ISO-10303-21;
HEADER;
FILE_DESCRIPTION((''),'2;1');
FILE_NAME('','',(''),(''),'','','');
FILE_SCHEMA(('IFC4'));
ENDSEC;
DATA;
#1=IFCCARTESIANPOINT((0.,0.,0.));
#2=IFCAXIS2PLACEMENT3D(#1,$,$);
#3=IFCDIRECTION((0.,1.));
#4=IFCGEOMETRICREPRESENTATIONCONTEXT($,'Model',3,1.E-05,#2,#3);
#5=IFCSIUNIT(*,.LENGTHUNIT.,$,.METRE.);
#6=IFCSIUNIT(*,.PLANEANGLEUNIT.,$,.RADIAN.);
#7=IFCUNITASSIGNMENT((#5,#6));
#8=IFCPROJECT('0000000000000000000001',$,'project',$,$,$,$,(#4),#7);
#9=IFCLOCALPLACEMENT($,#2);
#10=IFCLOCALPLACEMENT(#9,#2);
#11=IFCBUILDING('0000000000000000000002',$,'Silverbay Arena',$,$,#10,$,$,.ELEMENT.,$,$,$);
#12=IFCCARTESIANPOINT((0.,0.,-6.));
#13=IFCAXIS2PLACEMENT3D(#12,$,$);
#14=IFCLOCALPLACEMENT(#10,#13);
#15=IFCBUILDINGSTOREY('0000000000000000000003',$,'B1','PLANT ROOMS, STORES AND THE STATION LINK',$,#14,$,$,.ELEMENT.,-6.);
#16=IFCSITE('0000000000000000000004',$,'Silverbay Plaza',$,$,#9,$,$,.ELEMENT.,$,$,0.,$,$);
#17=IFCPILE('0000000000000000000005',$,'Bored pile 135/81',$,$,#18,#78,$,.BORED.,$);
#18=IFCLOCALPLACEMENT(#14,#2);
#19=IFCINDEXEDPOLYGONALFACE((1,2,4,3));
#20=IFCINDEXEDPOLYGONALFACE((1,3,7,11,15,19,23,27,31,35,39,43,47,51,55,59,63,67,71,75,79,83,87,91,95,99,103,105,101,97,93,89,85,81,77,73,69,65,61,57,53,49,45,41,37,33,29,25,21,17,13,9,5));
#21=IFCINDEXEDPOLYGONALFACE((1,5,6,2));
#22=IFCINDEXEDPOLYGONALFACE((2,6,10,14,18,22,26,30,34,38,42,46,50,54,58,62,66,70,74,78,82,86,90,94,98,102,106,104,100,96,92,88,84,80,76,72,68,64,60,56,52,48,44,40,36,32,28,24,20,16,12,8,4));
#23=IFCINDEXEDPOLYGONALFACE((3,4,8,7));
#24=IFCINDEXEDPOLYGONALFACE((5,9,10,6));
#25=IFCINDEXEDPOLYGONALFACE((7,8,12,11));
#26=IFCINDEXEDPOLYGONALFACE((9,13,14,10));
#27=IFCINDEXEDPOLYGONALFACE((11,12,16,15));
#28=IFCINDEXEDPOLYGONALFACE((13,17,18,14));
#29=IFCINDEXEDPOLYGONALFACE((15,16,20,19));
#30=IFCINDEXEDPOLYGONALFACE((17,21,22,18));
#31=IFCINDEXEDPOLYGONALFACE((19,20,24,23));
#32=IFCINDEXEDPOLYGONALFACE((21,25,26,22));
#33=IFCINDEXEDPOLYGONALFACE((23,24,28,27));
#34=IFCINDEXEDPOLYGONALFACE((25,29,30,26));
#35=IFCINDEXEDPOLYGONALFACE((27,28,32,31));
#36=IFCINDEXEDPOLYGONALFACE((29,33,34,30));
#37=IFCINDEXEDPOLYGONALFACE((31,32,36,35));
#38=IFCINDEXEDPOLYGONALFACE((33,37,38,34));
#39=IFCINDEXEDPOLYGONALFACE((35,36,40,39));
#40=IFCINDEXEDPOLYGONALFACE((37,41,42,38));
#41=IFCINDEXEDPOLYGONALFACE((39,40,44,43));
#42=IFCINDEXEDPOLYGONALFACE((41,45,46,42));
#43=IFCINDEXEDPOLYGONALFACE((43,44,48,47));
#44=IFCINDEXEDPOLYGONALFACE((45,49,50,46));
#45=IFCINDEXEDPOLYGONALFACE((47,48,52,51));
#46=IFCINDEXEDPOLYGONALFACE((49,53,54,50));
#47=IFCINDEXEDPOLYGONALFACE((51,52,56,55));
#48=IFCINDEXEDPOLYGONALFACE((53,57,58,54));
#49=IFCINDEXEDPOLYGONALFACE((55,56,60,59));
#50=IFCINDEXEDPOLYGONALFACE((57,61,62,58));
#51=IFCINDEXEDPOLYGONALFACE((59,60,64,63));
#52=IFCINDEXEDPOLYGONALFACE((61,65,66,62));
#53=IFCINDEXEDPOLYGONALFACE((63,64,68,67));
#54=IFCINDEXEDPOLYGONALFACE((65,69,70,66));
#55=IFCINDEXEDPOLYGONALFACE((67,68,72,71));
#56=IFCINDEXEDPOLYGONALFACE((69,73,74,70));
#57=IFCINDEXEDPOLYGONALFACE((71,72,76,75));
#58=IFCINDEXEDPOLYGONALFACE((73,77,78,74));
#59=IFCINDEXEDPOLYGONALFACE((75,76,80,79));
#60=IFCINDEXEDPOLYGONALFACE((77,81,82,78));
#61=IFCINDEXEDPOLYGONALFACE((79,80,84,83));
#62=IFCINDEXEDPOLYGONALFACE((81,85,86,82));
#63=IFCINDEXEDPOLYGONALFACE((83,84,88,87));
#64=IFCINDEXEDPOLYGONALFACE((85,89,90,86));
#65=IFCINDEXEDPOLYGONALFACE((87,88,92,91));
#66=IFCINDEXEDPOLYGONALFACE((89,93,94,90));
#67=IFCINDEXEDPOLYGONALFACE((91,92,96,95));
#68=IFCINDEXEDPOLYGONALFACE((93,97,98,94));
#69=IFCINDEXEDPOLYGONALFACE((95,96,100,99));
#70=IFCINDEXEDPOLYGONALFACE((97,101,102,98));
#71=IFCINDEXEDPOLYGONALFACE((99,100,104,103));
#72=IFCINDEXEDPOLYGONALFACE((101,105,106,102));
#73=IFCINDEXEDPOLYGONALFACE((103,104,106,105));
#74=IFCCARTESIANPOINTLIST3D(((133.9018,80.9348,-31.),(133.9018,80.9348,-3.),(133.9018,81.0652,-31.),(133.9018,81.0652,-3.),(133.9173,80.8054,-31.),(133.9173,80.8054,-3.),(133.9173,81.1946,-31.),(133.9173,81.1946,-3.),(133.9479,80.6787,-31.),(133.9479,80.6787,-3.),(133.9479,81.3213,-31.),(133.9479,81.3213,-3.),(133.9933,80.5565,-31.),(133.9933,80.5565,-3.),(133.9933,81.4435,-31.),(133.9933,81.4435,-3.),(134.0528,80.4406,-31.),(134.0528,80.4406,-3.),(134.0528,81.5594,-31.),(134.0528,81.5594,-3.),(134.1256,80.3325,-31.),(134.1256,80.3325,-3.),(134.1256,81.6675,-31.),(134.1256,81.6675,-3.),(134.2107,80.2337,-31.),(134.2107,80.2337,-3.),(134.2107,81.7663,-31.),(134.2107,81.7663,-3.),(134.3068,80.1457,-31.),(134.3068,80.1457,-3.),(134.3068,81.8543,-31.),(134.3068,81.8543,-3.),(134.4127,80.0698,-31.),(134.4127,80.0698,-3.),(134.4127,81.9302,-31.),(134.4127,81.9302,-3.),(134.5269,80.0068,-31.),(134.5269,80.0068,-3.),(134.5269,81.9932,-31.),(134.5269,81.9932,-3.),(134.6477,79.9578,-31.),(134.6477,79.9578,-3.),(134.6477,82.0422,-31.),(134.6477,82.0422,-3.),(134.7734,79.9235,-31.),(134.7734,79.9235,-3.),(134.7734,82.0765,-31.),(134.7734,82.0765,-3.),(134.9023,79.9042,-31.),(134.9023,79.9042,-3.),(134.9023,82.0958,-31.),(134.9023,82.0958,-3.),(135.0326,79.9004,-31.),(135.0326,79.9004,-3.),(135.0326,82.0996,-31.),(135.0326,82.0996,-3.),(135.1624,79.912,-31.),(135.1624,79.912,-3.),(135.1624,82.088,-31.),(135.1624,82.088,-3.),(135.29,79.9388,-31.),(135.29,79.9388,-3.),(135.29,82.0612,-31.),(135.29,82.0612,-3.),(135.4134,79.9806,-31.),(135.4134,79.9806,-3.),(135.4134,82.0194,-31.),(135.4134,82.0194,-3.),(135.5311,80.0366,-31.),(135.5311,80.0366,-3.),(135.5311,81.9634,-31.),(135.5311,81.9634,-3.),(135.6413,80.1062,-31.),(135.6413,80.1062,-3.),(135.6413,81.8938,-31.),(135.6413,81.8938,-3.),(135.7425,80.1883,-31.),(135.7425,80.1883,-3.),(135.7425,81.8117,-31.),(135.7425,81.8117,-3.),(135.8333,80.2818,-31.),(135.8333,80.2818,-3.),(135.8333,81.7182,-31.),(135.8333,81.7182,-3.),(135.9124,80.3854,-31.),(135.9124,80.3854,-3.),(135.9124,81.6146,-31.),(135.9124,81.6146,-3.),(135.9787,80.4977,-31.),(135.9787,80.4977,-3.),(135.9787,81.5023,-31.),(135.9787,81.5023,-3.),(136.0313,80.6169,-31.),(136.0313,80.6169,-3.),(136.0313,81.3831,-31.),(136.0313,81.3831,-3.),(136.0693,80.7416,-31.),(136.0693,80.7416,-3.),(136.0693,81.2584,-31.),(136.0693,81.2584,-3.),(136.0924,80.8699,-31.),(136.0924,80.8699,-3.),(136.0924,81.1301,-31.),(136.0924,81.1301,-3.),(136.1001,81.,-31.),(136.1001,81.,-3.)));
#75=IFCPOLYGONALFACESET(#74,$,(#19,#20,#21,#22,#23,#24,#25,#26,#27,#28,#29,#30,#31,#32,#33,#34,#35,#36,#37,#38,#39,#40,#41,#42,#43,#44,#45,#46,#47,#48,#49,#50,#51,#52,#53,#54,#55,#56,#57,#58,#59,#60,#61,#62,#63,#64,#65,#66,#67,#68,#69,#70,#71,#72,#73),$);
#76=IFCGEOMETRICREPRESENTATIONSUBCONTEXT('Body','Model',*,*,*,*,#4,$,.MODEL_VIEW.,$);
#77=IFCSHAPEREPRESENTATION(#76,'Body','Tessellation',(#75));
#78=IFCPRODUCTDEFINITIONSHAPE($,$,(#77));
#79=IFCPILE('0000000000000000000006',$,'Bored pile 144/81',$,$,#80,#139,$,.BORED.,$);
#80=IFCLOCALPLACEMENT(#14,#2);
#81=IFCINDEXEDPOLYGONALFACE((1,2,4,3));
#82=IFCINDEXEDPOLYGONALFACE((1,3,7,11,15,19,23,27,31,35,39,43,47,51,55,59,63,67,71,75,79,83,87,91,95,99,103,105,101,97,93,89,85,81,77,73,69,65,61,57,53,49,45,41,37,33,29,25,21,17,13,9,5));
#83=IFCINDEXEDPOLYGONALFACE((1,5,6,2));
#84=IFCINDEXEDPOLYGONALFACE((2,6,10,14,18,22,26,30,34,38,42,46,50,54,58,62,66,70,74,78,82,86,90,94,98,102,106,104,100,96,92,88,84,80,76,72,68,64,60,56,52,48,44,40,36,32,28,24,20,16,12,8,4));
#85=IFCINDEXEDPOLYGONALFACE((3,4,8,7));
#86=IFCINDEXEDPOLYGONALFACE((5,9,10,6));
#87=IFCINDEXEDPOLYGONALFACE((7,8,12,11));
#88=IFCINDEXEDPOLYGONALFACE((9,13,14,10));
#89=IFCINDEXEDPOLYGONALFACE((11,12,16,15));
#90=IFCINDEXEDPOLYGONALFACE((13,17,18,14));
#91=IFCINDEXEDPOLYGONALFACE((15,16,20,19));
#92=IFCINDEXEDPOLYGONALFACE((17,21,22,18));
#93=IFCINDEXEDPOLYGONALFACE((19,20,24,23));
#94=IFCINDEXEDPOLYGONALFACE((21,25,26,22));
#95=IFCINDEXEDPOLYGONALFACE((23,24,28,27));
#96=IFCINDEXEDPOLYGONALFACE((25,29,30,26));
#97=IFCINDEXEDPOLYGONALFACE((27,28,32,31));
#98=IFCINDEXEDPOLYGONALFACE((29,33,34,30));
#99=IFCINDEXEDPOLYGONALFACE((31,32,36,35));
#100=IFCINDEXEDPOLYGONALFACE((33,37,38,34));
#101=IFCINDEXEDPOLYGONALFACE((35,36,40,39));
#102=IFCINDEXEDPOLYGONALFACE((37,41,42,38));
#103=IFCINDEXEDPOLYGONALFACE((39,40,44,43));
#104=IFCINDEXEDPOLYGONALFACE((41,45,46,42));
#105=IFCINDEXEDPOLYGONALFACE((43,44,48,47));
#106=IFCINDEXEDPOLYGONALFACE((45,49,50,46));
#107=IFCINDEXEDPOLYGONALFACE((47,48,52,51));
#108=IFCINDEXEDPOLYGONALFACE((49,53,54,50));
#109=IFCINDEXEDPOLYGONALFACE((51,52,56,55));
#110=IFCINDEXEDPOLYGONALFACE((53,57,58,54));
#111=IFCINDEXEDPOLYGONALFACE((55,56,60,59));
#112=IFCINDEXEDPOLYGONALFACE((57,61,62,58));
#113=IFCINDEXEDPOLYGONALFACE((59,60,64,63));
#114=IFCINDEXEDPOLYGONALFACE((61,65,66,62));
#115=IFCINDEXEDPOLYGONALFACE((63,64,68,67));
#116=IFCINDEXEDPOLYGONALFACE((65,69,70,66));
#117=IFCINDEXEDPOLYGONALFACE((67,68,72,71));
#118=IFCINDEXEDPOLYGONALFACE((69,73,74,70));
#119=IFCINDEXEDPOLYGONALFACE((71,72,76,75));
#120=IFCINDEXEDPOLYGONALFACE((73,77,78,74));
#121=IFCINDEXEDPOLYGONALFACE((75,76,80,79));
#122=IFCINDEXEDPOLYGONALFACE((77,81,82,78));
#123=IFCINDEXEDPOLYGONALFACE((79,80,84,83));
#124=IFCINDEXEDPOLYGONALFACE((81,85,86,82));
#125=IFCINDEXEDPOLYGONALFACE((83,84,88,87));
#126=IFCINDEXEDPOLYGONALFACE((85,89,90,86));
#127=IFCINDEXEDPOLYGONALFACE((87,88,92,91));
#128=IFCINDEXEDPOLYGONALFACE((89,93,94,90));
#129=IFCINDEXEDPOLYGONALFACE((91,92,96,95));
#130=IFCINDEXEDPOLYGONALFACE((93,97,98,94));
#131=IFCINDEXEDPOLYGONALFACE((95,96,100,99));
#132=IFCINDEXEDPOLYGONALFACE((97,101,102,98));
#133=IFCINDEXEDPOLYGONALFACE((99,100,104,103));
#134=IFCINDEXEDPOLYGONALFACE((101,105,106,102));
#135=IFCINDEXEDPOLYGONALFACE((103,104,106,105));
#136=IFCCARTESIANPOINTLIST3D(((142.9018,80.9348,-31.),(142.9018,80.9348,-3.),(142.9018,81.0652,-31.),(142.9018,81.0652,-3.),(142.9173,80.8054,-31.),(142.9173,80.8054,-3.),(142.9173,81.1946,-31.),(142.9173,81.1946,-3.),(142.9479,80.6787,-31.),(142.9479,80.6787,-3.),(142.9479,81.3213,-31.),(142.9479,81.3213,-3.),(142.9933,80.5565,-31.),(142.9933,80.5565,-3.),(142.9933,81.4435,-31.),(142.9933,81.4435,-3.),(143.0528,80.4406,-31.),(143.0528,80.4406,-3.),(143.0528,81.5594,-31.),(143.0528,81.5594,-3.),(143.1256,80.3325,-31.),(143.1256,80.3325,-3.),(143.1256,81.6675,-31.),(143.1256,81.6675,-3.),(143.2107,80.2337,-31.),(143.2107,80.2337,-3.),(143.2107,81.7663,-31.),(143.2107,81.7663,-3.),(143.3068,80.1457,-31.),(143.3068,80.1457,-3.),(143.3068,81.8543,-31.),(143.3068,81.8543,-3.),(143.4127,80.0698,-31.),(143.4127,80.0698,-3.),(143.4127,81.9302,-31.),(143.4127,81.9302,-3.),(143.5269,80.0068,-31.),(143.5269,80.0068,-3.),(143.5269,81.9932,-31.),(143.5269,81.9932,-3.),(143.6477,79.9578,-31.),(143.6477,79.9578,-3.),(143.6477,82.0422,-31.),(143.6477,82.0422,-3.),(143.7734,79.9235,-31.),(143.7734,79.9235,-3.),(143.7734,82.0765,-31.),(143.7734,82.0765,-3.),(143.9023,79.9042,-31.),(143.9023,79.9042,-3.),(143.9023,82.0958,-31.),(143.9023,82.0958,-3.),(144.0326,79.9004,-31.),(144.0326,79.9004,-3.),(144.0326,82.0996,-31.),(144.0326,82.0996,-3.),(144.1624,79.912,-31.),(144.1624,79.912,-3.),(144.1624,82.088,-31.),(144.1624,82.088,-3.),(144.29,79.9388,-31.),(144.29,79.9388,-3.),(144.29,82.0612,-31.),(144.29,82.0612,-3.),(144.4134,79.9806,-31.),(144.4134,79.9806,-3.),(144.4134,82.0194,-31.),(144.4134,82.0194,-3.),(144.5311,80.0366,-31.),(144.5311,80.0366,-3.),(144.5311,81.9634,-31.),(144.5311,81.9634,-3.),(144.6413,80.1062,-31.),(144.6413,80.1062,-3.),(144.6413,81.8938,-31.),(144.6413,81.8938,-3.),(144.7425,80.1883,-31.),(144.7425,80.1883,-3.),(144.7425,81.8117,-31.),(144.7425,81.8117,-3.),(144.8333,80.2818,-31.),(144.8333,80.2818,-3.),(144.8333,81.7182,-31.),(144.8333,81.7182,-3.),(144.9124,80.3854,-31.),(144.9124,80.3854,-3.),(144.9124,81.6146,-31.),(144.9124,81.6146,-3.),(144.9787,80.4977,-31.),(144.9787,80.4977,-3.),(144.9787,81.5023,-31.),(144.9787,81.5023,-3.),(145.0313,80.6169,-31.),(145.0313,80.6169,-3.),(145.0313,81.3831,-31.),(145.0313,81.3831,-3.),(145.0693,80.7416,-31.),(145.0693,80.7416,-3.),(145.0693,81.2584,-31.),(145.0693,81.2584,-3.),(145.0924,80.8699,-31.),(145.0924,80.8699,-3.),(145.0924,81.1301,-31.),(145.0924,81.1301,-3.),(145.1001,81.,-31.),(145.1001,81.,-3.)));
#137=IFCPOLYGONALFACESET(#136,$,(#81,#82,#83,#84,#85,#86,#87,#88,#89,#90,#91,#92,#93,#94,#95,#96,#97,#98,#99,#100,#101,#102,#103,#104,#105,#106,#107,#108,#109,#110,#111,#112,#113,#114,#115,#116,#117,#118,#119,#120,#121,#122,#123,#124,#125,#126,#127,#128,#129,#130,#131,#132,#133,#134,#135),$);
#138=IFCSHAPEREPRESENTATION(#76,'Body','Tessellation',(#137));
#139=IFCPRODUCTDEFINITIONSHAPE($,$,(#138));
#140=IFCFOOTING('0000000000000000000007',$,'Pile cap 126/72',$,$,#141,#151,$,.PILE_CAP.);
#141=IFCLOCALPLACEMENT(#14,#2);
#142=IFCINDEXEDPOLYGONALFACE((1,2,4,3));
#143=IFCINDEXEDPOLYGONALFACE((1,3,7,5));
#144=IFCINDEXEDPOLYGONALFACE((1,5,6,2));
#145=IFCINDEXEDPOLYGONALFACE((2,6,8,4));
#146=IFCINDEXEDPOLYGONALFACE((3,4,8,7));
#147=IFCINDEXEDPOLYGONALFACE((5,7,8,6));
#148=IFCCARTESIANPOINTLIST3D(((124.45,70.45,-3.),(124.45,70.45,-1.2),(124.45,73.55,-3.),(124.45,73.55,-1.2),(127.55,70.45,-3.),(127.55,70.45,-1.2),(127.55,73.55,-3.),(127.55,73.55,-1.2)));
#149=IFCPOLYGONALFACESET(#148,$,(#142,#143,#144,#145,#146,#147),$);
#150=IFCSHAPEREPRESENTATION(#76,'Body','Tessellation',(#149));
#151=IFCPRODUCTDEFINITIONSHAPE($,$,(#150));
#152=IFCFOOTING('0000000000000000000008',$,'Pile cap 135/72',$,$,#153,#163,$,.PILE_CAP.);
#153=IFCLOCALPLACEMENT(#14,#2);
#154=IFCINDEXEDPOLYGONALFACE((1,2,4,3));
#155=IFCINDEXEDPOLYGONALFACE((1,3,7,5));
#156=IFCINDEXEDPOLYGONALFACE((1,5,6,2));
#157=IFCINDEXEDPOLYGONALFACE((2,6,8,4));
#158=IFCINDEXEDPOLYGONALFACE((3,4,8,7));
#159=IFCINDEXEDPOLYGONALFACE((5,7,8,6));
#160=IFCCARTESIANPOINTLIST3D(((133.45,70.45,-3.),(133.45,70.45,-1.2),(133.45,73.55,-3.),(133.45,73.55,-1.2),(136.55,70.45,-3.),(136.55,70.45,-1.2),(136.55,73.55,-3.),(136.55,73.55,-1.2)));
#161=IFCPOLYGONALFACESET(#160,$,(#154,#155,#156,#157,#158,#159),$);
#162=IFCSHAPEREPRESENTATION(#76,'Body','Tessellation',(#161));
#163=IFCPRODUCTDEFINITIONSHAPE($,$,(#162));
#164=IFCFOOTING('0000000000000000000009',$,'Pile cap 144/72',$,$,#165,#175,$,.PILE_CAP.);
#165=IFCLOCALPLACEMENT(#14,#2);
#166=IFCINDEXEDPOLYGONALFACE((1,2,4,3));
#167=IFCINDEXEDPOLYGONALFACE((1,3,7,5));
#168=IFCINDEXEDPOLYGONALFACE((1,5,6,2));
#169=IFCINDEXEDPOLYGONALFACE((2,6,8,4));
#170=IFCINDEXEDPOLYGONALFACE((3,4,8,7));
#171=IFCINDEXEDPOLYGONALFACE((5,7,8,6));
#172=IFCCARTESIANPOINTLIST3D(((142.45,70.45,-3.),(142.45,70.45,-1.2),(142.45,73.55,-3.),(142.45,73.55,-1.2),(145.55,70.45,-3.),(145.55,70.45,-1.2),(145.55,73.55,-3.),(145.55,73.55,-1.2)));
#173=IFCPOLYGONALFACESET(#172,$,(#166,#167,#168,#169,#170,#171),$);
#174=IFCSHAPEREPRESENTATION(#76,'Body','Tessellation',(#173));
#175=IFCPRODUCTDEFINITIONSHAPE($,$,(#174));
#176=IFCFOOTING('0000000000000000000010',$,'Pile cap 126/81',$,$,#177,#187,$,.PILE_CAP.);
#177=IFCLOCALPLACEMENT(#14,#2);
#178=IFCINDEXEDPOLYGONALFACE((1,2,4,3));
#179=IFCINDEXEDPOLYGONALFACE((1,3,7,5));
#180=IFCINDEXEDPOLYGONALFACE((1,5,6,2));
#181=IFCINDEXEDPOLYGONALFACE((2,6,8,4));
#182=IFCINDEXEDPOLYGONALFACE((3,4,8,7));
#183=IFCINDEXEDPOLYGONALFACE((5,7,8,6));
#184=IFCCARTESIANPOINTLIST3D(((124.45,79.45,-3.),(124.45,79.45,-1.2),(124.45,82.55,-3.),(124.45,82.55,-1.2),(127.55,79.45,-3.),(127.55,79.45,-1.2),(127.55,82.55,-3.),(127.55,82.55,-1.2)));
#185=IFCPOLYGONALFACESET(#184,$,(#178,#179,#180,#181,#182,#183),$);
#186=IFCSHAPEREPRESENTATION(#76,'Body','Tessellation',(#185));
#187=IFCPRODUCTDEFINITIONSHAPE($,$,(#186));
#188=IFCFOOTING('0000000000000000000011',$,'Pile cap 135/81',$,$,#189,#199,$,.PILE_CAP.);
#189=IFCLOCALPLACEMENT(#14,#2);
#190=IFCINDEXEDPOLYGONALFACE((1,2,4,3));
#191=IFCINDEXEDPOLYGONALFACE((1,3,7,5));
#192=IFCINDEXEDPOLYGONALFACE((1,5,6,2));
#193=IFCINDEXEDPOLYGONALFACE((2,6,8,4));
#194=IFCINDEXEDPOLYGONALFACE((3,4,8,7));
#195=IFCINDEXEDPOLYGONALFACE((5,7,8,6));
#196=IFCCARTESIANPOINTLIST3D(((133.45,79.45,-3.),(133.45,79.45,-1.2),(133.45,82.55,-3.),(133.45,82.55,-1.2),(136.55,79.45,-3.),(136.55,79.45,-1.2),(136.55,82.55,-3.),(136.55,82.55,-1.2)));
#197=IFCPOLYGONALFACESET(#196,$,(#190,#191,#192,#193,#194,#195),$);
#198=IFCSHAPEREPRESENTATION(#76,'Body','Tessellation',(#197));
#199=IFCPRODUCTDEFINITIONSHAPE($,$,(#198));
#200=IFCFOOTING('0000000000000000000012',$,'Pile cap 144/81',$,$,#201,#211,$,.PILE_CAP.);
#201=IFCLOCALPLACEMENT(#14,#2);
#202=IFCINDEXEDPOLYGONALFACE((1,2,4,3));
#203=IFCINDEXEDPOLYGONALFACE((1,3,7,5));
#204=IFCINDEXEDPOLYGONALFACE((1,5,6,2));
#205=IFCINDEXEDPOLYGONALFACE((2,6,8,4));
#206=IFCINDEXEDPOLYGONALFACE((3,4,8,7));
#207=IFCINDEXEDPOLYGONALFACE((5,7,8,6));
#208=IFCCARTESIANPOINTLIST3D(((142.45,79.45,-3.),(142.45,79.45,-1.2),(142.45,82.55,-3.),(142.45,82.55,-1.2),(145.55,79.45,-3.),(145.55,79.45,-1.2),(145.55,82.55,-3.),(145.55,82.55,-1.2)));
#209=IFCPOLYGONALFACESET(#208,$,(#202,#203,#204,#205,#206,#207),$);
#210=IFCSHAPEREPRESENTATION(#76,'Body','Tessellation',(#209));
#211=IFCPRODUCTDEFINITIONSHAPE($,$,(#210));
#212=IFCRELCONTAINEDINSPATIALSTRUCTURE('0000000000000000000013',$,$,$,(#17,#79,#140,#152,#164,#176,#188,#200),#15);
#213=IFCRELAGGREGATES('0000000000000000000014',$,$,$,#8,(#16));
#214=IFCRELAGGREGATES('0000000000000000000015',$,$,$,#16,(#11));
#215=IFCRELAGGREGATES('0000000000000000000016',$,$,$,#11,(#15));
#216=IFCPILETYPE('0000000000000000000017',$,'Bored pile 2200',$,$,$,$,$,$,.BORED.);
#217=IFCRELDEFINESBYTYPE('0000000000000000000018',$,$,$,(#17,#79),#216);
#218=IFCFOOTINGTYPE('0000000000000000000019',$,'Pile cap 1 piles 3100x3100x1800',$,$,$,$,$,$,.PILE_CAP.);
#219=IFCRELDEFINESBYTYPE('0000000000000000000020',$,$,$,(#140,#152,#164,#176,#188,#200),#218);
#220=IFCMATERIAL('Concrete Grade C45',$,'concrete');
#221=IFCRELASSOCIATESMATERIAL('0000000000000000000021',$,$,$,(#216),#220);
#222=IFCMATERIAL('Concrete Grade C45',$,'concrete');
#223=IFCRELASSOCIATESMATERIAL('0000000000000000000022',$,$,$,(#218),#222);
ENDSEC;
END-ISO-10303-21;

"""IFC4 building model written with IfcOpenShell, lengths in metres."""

from ifc_helpers import new_model, si_unit, direction, frame, origin, origin_2d, place, context, subcontext, project, spatial, rectangle, circle, extrude, material, material_profile, profile_set, type_object, element, save


model = new_model("IFC4")

# Units and contexts
model_context = context("Model", 3, precision=1e-05, world=origin(), true_north=direction((0.0, 1.0)))
body_context = subcontext(model_context, "Body", "Model", "MODEL_VIEW")
ifc_project = project(units=[si_unit("LENGTHUNIT", "METRE"), si_unit("PLANEANGLEUNIT", "RADIAN")], contexts=[model_context])

# Site, building, storey
site_placement = place(None, origin())
site = spatial("IfcSite", under=ifc_project, at=site_placement, Name="Silverbay Plaza", CompositionType="ELEMENT", RefElevation=0.0)
building_placement = place(site_placement, origin())
building = spatial("IfcBuilding", under=site, at=building_placement, Name="Silverbay Arena", CompositionType="ELEMENT")
storey_placement = place(building_placement, frame((0.0, 0.0, -6.0)))
storey = spatial("IfcBuildingStorey", under=building, at=storey_placement, Name="B1", Description="PLANT ROOMS, STORES AND THE STATION LINK", CompositionType="ELEMENT", Elevation=-6.0)

# Piles
ifc_material_1 = material(Name="Concrete Grade C45", Category="concrete")
ifc_material_profile_1 = material_profile(ifc_material_1, circle(Radius=1.1001, at=origin_2d()), Name="Bored pile 2200")
ifc_profile_set_1 = profile_set([ifc_material_profile_1], Name="Concrete Grade C45")
pile_type_1 = type_object("IfcPileType", Name="Bored pile 2200", PredefinedType="BORED", material=ifc_profile_set_1)
for number, where, z_axis, x_axis, name in (
    (1, (135.0, 81.0, -3.0), (0.0, 0.0, -1.0), (1.0, 0.0, 0.0), "Bored pile 135/81"),
    (2, (144.0, 81.0, -3.0), (0.0, 0.0, -1.0), (1.0, 0.0, 0.0), "Bored pile 144/81"),
):
    element("IfcPile", number, at=place(storey_placement, frame(where, z_axis=z_axis, x_axis=x_axis)), inside=storey, type_object=pile_type_1, Name=name, PredefinedType="BORED", context=body_context, shape_type="SweptSolid", body=[
        extrude(circle(Radius=1.1001, at=origin_2d()), origin(), (0.0, 0.0, 1.0), 28.0),
    ])

# Footings
ifc_material_2 = material(Name="Concrete Grade C45", Category="concrete")
footing_type_1 = type_object("IfcFootingType", Name="Pile cap 1 piles 3100x3100x1800", PredefinedType="PILE_CAP", material=ifc_material_2)
for number, where, z_axis, x_axis, name in (
    (3, (126.0, 72.0, -3.0), (0.0, 0.0, 1.0), (1.0, 0.0, 0.0), "Pile cap 126/72"),
    (4, (135.0, 72.0, -3.0), (0.0, 0.0, 1.0), (1.0, 0.0, 0.0), "Pile cap 135/72"),
    (5, (144.0, 72.0, -3.0), (0.0, 0.0, 1.0), (1.0, 0.0, 0.0), "Pile cap 144/72"),
    (6, (126.0, 81.0, -3.0), (0.0, 0.0, 1.0), (1.0, 0.0, 0.0), "Pile cap 126/81"),
    (7, (135.0, 81.0, -3.0), (0.0, 0.0, 1.0), (1.0, 0.0, 0.0), "Pile cap 135/81"),
    (8, (144.0, 81.0, -3.0), (0.0, 0.0, 1.0), (1.0, 0.0, 0.0), "Pile cap 144/81"),
):
    element("IfcFooting", number, at=place(storey_placement, frame(where, z_axis=z_axis, x_axis=x_axis)), inside=storey, type_object=footing_type_1, Name=name, PredefinedType="PILE_CAP", context=body_context, shape_type="SweptSolid", body=[
        extrude(rectangle(XDim=3.1001, YDim=3.1001, at=origin_2d()), origin(), (0.0, 0.0, 1.0), 1.8),
    ])

save(model, "model.ifc")
